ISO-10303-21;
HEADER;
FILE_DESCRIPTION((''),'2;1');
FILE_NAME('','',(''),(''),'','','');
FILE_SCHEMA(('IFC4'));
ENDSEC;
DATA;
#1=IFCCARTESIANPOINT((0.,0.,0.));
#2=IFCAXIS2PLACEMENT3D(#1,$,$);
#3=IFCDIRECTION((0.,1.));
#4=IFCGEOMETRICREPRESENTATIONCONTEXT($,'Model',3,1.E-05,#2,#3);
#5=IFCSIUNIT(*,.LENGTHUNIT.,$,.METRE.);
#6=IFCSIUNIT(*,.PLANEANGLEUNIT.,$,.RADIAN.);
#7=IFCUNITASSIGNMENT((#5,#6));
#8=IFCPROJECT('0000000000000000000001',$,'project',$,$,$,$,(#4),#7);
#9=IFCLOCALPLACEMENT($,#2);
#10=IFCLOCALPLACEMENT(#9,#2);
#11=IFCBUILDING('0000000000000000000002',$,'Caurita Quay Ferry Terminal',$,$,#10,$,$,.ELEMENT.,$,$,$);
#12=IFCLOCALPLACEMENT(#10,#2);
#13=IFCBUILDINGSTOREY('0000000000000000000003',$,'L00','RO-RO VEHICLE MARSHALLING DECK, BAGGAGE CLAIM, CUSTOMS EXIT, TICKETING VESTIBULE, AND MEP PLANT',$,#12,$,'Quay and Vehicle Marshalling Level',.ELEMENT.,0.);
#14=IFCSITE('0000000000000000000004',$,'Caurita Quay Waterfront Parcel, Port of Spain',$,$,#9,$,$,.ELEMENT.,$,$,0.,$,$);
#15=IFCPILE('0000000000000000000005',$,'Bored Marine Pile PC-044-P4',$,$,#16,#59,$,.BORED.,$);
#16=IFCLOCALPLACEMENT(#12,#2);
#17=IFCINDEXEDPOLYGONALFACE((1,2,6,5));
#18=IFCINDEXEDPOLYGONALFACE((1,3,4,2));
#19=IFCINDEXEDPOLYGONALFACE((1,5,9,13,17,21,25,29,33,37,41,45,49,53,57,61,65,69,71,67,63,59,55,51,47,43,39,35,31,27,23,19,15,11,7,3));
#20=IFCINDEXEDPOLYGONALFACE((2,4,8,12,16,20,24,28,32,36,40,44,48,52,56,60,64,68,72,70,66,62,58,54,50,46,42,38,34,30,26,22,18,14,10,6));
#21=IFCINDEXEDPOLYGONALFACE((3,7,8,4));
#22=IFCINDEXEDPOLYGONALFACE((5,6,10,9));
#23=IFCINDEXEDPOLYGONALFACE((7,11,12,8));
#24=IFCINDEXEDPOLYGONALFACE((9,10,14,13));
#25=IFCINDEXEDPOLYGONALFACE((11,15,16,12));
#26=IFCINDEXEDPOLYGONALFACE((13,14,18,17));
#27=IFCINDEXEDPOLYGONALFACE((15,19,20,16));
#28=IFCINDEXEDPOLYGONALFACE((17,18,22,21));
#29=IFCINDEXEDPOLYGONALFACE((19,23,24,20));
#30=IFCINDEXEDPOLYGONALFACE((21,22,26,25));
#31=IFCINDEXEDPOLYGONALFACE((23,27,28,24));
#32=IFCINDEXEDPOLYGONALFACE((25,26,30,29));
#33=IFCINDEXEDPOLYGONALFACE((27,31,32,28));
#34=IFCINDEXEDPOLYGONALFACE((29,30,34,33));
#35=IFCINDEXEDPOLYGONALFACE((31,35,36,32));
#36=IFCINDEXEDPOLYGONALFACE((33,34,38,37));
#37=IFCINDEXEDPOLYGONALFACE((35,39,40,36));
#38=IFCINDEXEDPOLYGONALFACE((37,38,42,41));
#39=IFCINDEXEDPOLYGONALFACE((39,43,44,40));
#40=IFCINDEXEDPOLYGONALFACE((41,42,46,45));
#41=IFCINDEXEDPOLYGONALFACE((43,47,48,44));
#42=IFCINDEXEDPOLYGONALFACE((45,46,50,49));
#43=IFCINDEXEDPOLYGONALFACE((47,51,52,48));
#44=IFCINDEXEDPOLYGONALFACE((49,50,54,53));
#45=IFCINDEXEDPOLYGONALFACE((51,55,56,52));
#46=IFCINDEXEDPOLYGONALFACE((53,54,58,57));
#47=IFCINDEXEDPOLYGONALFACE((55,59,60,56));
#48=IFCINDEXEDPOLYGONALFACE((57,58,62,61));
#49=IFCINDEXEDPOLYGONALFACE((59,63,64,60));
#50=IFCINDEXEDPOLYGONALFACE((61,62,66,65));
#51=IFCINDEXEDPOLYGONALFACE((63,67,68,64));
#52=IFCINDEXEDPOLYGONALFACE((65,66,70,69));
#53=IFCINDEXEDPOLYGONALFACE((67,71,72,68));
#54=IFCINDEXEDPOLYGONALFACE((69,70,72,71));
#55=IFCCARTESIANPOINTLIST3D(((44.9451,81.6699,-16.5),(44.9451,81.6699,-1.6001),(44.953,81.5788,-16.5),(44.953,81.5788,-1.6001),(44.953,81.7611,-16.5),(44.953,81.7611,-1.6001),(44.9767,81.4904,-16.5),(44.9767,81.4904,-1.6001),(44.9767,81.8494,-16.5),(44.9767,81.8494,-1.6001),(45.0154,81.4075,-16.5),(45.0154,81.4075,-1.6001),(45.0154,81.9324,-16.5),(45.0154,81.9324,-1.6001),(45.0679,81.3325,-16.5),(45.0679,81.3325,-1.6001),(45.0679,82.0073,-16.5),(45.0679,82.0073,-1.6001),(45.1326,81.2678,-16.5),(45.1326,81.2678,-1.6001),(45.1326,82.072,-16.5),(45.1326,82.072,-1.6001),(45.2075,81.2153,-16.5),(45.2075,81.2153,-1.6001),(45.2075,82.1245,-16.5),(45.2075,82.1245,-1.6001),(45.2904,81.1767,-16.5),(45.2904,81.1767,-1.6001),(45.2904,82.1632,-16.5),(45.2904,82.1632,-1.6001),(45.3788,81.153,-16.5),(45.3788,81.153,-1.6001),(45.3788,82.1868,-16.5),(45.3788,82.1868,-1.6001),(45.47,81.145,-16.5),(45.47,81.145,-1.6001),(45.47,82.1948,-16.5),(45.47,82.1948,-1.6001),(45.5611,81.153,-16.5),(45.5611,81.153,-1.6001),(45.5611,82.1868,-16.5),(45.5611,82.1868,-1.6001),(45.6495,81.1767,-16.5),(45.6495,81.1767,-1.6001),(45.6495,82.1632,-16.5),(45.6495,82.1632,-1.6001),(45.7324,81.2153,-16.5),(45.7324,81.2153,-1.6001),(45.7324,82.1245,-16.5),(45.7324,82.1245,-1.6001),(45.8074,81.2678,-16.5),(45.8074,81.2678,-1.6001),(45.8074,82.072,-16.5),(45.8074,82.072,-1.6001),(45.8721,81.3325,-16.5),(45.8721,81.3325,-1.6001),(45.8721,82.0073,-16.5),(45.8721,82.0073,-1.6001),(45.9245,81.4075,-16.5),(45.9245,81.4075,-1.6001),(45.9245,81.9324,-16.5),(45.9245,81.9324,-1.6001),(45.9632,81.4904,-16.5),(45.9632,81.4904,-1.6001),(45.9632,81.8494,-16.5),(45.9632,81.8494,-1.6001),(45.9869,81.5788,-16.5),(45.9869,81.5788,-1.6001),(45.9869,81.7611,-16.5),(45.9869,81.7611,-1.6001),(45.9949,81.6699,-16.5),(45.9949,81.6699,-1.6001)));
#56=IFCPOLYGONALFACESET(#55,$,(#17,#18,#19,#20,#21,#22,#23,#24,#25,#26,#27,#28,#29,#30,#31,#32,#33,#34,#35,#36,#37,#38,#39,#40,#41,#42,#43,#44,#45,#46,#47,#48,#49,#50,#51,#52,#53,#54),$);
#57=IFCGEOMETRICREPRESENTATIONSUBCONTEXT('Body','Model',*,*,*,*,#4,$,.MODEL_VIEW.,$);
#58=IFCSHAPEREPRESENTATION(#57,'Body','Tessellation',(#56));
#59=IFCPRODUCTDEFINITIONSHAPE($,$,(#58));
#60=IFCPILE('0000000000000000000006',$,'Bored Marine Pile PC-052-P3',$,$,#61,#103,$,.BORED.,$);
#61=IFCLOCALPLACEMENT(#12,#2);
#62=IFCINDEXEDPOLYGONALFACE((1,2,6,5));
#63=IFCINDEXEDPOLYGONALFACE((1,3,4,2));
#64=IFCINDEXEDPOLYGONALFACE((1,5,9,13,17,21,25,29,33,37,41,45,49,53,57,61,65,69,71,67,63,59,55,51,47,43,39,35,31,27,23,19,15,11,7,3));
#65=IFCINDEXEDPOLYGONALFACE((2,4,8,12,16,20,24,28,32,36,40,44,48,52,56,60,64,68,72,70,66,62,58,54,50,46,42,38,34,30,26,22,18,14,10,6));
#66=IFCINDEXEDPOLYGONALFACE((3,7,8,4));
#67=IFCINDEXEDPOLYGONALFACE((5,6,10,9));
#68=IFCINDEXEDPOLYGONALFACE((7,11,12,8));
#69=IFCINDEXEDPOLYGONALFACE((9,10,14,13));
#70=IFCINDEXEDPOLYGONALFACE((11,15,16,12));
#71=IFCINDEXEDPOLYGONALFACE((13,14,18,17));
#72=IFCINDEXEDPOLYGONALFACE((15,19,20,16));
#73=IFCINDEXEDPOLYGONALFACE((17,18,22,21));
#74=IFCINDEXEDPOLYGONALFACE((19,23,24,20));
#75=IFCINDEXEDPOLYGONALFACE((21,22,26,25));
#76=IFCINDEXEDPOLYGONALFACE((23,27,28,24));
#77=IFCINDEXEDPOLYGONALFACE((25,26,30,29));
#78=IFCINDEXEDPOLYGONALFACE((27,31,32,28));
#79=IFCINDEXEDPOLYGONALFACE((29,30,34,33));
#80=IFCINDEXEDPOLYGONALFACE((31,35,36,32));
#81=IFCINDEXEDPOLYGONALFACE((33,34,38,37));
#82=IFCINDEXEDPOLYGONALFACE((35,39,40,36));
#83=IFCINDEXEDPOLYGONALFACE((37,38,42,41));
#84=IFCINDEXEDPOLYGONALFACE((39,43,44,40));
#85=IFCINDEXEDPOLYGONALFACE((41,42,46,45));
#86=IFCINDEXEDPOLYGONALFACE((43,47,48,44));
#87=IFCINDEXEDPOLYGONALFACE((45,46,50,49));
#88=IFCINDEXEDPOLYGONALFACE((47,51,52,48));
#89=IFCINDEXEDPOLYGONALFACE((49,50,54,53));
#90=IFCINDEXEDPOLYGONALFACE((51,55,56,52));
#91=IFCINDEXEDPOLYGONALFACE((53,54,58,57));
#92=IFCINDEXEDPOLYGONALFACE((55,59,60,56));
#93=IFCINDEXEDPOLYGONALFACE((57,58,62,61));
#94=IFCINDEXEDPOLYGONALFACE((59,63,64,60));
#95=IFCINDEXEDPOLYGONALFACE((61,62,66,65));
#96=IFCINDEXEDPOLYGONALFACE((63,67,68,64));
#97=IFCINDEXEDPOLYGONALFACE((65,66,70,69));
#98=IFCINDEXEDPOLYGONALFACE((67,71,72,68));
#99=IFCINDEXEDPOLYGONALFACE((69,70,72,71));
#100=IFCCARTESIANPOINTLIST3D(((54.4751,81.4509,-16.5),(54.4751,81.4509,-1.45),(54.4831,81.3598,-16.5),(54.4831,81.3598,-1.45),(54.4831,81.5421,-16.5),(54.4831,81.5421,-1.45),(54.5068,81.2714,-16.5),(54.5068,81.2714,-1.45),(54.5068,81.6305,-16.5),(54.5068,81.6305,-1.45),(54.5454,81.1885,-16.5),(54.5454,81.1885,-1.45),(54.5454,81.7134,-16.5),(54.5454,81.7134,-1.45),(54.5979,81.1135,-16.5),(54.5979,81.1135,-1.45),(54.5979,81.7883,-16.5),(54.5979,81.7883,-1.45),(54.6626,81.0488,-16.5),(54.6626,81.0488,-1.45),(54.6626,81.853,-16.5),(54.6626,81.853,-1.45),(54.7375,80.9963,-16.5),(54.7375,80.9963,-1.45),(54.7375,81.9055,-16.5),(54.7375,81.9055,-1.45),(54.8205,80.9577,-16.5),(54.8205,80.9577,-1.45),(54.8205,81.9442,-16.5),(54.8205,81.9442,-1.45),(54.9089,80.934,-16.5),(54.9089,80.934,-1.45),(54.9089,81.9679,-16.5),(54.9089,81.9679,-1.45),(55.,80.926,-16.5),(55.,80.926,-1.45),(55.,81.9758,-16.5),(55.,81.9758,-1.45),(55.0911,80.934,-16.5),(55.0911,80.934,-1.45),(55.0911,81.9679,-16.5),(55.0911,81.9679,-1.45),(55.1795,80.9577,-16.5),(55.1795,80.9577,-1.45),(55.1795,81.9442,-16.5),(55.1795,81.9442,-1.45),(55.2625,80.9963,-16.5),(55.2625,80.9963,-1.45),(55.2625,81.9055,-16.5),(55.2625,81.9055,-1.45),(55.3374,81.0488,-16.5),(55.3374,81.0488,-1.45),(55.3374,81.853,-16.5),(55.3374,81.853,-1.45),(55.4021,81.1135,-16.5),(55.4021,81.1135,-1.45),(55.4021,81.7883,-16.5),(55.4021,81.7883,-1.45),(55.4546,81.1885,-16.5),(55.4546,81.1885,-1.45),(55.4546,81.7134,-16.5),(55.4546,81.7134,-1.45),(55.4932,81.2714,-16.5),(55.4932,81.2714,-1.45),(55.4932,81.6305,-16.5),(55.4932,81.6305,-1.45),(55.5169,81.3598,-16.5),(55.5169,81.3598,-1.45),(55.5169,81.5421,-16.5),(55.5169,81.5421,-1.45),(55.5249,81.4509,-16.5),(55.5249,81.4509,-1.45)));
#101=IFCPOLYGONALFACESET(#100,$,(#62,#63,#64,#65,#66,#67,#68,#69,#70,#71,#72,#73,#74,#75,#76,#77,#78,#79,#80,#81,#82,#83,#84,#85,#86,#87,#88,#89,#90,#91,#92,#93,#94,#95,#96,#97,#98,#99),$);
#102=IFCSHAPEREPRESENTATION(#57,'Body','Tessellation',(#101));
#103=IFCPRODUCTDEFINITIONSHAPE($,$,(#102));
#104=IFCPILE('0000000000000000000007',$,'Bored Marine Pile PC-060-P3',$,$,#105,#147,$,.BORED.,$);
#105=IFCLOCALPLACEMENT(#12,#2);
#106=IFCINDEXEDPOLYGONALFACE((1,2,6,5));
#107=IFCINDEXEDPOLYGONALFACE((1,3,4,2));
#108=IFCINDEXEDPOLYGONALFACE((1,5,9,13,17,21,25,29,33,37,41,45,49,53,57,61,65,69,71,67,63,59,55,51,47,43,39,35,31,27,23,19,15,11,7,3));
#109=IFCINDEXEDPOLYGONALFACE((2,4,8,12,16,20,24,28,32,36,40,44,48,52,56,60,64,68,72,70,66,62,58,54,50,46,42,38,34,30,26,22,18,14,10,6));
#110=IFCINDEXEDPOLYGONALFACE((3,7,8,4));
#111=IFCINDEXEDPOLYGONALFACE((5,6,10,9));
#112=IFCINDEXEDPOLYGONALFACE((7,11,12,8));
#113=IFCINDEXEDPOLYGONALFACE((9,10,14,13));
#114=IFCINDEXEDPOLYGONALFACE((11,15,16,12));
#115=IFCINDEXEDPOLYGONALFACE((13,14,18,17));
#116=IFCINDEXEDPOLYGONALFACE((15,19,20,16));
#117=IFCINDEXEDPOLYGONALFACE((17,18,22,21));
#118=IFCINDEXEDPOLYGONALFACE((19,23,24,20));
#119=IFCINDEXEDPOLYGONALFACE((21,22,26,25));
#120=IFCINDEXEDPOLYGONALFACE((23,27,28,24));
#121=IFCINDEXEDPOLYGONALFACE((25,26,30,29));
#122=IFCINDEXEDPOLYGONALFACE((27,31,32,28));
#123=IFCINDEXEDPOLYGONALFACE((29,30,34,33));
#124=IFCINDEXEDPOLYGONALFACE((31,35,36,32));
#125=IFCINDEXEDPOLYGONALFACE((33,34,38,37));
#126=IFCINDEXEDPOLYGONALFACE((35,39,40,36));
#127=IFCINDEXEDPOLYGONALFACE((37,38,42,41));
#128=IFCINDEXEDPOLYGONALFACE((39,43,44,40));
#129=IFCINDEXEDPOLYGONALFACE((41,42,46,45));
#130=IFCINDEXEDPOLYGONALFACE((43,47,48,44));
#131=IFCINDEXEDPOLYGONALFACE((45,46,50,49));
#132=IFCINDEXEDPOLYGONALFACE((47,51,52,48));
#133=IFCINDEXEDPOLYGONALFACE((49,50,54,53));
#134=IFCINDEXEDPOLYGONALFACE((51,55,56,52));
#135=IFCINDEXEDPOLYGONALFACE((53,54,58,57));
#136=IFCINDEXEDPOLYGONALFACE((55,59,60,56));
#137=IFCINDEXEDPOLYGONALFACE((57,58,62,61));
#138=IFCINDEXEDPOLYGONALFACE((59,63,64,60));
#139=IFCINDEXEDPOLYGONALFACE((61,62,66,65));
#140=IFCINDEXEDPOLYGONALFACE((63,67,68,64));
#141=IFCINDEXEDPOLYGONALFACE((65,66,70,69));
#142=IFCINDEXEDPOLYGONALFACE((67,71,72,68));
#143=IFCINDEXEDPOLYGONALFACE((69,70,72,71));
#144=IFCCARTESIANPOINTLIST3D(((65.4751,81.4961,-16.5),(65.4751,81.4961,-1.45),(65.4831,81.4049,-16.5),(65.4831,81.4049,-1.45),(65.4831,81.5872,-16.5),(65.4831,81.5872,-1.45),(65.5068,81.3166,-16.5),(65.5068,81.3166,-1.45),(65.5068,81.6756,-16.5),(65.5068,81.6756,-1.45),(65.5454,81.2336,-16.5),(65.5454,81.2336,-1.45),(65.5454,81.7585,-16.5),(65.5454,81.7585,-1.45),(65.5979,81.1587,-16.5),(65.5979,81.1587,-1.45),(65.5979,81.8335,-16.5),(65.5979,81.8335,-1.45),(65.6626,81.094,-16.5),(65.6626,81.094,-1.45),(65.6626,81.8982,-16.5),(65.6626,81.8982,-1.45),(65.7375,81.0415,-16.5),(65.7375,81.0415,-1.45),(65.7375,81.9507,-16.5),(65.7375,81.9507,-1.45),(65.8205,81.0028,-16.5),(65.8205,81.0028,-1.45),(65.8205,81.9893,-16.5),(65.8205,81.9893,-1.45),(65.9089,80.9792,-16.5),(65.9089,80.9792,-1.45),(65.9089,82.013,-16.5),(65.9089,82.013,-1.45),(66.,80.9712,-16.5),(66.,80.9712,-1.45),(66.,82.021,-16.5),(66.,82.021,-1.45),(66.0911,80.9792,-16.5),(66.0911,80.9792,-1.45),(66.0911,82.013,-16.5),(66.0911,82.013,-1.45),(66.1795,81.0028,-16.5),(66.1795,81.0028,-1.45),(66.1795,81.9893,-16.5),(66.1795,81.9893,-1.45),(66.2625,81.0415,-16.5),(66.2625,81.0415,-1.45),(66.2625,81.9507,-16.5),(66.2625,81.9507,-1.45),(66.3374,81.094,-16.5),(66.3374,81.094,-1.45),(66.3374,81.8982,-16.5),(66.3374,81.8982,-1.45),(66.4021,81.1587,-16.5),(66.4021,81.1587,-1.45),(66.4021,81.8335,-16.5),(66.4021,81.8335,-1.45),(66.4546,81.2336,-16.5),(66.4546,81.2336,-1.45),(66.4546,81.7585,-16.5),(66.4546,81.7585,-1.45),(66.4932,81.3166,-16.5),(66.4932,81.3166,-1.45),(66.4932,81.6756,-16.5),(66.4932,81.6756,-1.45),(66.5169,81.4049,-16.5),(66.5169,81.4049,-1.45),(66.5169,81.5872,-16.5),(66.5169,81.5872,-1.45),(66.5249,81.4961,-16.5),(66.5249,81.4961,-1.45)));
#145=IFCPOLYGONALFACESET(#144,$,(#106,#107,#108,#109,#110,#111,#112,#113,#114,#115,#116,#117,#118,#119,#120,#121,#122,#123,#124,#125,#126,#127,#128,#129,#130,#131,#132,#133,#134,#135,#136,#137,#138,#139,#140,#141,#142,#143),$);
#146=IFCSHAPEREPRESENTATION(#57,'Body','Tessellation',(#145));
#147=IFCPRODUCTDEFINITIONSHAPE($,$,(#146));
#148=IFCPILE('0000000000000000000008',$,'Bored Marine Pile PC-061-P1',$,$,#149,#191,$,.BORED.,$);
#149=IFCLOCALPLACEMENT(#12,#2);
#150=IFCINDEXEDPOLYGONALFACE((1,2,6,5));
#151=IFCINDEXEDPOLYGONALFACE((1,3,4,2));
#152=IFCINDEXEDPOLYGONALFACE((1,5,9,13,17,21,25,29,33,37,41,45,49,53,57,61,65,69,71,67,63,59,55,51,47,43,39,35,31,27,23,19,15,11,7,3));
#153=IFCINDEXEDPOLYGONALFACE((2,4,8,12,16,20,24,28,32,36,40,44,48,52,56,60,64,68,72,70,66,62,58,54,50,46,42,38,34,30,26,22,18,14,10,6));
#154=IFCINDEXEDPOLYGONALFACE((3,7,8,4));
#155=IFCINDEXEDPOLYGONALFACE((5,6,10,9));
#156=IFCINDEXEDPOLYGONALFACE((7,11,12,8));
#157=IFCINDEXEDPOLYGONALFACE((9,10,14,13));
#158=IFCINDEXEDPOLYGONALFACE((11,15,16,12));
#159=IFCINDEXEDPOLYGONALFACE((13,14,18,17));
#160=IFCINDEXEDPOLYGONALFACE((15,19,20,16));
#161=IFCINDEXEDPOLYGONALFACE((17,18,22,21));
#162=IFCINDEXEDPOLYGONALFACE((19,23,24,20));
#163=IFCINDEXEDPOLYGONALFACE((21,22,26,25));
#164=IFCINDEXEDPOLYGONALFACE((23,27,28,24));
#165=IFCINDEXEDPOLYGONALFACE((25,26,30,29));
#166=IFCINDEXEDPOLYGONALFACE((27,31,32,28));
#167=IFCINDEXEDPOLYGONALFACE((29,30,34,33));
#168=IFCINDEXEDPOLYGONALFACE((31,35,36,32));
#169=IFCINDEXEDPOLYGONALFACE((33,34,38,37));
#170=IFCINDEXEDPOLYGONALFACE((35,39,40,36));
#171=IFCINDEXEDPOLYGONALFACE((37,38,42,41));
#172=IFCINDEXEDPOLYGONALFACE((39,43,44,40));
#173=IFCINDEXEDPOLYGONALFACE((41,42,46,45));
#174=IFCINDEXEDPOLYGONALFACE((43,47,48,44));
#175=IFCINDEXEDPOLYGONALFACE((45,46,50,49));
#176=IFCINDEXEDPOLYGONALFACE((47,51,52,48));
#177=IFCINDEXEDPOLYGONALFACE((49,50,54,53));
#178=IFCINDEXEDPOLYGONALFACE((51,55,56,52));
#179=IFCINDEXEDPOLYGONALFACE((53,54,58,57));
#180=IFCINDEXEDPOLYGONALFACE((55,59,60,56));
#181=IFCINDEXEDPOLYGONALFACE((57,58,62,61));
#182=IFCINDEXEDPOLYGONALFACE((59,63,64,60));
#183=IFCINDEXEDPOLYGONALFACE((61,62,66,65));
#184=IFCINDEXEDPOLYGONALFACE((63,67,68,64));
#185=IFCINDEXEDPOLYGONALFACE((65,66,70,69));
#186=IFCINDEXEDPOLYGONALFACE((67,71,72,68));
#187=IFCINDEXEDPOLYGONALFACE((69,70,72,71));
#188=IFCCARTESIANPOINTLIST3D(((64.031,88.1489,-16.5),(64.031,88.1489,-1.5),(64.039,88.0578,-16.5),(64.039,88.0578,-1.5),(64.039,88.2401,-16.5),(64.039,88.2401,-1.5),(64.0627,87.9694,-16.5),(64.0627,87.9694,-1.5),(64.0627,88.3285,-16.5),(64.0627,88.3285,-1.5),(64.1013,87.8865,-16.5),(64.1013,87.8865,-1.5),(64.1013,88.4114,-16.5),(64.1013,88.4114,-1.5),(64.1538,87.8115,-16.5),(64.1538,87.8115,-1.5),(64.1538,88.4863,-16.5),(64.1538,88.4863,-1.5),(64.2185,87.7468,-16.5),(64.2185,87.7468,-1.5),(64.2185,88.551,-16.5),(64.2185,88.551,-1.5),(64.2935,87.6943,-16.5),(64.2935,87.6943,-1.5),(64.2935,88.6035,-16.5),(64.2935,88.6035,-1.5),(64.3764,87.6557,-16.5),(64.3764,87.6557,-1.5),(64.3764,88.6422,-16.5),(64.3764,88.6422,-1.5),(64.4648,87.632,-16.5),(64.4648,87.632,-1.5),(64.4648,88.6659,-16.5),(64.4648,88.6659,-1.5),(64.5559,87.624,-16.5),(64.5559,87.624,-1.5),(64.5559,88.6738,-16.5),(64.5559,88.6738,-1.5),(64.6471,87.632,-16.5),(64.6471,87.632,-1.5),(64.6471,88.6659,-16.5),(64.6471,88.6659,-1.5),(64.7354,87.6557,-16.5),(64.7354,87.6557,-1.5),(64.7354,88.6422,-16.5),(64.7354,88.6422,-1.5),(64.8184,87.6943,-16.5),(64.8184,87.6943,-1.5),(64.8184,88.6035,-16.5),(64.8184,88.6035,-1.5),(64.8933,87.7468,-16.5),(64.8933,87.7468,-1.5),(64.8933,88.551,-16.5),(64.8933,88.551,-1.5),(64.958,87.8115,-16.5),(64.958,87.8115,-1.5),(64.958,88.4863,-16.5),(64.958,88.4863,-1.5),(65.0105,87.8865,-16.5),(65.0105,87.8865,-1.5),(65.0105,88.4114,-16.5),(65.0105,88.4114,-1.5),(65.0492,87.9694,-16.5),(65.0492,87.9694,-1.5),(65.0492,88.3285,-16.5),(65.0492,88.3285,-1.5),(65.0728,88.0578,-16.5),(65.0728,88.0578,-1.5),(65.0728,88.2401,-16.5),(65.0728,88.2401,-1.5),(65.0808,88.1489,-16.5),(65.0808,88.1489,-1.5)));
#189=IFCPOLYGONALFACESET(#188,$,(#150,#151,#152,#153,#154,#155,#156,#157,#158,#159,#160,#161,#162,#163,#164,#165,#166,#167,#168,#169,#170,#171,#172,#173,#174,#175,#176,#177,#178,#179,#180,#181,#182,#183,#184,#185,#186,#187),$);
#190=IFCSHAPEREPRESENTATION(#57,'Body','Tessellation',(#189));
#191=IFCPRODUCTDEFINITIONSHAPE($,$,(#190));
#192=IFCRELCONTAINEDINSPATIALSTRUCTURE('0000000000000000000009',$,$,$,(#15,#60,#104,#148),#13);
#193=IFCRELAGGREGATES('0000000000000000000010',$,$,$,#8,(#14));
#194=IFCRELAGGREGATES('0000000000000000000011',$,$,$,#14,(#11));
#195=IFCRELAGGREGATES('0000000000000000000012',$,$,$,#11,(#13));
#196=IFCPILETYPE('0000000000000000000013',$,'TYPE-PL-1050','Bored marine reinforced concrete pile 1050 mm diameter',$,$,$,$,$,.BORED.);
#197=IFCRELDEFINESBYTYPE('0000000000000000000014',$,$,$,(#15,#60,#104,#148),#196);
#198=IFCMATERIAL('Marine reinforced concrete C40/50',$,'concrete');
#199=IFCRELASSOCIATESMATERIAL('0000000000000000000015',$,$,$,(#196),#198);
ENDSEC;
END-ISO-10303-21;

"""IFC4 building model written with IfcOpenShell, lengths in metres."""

from ifc_helpers import new_model, si_unit, direction, frame, origin, origin_2d, place, context, subcontext, project, spatial, circle, extrude, material, material_profile, profile_set, type_object, element, save


model = new_model("IFC4")

# Units and contexts
model_context = context("Model", 3, precision=1e-05, world=origin(), true_north=direction((0.0, 1.0)))
body_context = subcontext(model_context, "Body", "Model", "MODEL_VIEW")
ifc_project = project(units=[si_unit("LENGTHUNIT", "METRE"), si_unit("PLANEANGLEUNIT", "RADIAN")], contexts=[model_context])

# Site, building, storey
site_placement = place(None, origin())
site = spatial("IfcSite", under=ifc_project, at=site_placement, Name="Caurita Quay Waterfront Parcel, Port of Spain", CompositionType="ELEMENT", RefElevation=0.0)
building_placement = place(site_placement, origin())
building = spatial("IfcBuilding", under=site, at=building_placement, Name="Caurita Quay Ferry Terminal", CompositionType="ELEMENT")
storey_placement = place(building_placement, origin())
storey = spatial("IfcBuildingStorey", under=building, at=storey_placement, Name="L00", Description="RO-RO VEHICLE MARSHALLING DECK, BAGGAGE CLAIM, CUSTOMS EXIT, TICKETING VESTIBULE, AND MEP PLANT", LongName="Quay and Vehicle Marshalling Level", CompositionType="ELEMENT", Elevation=0.0)

# Piles
ifc_material_1 = material(Name="Marine reinforced concrete C40/50", Category="concrete")
ifc_material_profile_1 = material_profile(ifc_material_1, circle(Radius=0.5249, at=origin_2d()), Name="PILE-D1050")
ifc_profile_set_1 = profile_set([ifc_material_profile_1], Name="Marine reinforced concrete C40/50")
pile_type = type_object("IfcPileType", Name="TYPE-PL-1050", Description="Bored marine reinforced concrete pile 1050 mm diameter", PredefinedType="BORED", material=ifc_profile_set_1)
pile_placement = place(storey_placement, frame((45.47, 81.6699, -1.6001), z_axis=(0.0, 0.0, -1.0), x_axis=(1.0, 0.0, 0.0)))
element("IfcPile", 1, at=pile_placement, inside=storey, type_object=pile_type, Name="Bored Marine Pile PC-044-P4", PredefinedType="BORED", context=body_context, shape_type="SweptSolid", body=[
    extrude(circle(Radius=0.5249, at=origin_2d()), origin(), (0.0, 0.0, 1.0), 14.8999),
])
for number, where, z_axis, x_axis, name in (
    (2, (55.0, 81.4509, -1.45), (0.0, 0.0, -1.0), (1.0, 0.0, 0.0), "Bored Marine Pile PC-052-P3"),
    (3, (66.0, 81.4961, -1.45), (0.0, 0.0, -1.0), (1.0, 0.0, 0.0), "Bored Marine Pile PC-060-P3"),
):
    element("IfcPile", number, at=place(storey_placement, frame(where, z_axis=z_axis, x_axis=x_axis)), inside=storey, type_object=pile_type, Name=name, PredefinedType="BORED", context=body_context, shape_type="SweptSolid", body=[
        extrude(circle(Radius=0.5249, at=origin_2d()), origin(), (0.0, 0.0, 1.0), 15.05),
    ])
for number, where, z_axis, x_axis, name in (
    (4, (64.5559, 88.1489, -1.5), (0.0, 0.0, -1.0), (1.0, 0.0, 0.0), "Bored Marine Pile PC-061-P1"),
):
    element("IfcPile", number, at=place(storey_placement, frame(where, z_axis=z_axis, x_axis=x_axis)), inside=storey, type_object=pile_type, Name=name, PredefinedType="BORED", context=body_context, shape_type="SweptSolid", body=[
        extrude(circle(Radius=0.5249, at=origin_2d()), origin(), (0.0, 0.0, 1.0), 15.0),
    ])

save(model, "model.ifc")
